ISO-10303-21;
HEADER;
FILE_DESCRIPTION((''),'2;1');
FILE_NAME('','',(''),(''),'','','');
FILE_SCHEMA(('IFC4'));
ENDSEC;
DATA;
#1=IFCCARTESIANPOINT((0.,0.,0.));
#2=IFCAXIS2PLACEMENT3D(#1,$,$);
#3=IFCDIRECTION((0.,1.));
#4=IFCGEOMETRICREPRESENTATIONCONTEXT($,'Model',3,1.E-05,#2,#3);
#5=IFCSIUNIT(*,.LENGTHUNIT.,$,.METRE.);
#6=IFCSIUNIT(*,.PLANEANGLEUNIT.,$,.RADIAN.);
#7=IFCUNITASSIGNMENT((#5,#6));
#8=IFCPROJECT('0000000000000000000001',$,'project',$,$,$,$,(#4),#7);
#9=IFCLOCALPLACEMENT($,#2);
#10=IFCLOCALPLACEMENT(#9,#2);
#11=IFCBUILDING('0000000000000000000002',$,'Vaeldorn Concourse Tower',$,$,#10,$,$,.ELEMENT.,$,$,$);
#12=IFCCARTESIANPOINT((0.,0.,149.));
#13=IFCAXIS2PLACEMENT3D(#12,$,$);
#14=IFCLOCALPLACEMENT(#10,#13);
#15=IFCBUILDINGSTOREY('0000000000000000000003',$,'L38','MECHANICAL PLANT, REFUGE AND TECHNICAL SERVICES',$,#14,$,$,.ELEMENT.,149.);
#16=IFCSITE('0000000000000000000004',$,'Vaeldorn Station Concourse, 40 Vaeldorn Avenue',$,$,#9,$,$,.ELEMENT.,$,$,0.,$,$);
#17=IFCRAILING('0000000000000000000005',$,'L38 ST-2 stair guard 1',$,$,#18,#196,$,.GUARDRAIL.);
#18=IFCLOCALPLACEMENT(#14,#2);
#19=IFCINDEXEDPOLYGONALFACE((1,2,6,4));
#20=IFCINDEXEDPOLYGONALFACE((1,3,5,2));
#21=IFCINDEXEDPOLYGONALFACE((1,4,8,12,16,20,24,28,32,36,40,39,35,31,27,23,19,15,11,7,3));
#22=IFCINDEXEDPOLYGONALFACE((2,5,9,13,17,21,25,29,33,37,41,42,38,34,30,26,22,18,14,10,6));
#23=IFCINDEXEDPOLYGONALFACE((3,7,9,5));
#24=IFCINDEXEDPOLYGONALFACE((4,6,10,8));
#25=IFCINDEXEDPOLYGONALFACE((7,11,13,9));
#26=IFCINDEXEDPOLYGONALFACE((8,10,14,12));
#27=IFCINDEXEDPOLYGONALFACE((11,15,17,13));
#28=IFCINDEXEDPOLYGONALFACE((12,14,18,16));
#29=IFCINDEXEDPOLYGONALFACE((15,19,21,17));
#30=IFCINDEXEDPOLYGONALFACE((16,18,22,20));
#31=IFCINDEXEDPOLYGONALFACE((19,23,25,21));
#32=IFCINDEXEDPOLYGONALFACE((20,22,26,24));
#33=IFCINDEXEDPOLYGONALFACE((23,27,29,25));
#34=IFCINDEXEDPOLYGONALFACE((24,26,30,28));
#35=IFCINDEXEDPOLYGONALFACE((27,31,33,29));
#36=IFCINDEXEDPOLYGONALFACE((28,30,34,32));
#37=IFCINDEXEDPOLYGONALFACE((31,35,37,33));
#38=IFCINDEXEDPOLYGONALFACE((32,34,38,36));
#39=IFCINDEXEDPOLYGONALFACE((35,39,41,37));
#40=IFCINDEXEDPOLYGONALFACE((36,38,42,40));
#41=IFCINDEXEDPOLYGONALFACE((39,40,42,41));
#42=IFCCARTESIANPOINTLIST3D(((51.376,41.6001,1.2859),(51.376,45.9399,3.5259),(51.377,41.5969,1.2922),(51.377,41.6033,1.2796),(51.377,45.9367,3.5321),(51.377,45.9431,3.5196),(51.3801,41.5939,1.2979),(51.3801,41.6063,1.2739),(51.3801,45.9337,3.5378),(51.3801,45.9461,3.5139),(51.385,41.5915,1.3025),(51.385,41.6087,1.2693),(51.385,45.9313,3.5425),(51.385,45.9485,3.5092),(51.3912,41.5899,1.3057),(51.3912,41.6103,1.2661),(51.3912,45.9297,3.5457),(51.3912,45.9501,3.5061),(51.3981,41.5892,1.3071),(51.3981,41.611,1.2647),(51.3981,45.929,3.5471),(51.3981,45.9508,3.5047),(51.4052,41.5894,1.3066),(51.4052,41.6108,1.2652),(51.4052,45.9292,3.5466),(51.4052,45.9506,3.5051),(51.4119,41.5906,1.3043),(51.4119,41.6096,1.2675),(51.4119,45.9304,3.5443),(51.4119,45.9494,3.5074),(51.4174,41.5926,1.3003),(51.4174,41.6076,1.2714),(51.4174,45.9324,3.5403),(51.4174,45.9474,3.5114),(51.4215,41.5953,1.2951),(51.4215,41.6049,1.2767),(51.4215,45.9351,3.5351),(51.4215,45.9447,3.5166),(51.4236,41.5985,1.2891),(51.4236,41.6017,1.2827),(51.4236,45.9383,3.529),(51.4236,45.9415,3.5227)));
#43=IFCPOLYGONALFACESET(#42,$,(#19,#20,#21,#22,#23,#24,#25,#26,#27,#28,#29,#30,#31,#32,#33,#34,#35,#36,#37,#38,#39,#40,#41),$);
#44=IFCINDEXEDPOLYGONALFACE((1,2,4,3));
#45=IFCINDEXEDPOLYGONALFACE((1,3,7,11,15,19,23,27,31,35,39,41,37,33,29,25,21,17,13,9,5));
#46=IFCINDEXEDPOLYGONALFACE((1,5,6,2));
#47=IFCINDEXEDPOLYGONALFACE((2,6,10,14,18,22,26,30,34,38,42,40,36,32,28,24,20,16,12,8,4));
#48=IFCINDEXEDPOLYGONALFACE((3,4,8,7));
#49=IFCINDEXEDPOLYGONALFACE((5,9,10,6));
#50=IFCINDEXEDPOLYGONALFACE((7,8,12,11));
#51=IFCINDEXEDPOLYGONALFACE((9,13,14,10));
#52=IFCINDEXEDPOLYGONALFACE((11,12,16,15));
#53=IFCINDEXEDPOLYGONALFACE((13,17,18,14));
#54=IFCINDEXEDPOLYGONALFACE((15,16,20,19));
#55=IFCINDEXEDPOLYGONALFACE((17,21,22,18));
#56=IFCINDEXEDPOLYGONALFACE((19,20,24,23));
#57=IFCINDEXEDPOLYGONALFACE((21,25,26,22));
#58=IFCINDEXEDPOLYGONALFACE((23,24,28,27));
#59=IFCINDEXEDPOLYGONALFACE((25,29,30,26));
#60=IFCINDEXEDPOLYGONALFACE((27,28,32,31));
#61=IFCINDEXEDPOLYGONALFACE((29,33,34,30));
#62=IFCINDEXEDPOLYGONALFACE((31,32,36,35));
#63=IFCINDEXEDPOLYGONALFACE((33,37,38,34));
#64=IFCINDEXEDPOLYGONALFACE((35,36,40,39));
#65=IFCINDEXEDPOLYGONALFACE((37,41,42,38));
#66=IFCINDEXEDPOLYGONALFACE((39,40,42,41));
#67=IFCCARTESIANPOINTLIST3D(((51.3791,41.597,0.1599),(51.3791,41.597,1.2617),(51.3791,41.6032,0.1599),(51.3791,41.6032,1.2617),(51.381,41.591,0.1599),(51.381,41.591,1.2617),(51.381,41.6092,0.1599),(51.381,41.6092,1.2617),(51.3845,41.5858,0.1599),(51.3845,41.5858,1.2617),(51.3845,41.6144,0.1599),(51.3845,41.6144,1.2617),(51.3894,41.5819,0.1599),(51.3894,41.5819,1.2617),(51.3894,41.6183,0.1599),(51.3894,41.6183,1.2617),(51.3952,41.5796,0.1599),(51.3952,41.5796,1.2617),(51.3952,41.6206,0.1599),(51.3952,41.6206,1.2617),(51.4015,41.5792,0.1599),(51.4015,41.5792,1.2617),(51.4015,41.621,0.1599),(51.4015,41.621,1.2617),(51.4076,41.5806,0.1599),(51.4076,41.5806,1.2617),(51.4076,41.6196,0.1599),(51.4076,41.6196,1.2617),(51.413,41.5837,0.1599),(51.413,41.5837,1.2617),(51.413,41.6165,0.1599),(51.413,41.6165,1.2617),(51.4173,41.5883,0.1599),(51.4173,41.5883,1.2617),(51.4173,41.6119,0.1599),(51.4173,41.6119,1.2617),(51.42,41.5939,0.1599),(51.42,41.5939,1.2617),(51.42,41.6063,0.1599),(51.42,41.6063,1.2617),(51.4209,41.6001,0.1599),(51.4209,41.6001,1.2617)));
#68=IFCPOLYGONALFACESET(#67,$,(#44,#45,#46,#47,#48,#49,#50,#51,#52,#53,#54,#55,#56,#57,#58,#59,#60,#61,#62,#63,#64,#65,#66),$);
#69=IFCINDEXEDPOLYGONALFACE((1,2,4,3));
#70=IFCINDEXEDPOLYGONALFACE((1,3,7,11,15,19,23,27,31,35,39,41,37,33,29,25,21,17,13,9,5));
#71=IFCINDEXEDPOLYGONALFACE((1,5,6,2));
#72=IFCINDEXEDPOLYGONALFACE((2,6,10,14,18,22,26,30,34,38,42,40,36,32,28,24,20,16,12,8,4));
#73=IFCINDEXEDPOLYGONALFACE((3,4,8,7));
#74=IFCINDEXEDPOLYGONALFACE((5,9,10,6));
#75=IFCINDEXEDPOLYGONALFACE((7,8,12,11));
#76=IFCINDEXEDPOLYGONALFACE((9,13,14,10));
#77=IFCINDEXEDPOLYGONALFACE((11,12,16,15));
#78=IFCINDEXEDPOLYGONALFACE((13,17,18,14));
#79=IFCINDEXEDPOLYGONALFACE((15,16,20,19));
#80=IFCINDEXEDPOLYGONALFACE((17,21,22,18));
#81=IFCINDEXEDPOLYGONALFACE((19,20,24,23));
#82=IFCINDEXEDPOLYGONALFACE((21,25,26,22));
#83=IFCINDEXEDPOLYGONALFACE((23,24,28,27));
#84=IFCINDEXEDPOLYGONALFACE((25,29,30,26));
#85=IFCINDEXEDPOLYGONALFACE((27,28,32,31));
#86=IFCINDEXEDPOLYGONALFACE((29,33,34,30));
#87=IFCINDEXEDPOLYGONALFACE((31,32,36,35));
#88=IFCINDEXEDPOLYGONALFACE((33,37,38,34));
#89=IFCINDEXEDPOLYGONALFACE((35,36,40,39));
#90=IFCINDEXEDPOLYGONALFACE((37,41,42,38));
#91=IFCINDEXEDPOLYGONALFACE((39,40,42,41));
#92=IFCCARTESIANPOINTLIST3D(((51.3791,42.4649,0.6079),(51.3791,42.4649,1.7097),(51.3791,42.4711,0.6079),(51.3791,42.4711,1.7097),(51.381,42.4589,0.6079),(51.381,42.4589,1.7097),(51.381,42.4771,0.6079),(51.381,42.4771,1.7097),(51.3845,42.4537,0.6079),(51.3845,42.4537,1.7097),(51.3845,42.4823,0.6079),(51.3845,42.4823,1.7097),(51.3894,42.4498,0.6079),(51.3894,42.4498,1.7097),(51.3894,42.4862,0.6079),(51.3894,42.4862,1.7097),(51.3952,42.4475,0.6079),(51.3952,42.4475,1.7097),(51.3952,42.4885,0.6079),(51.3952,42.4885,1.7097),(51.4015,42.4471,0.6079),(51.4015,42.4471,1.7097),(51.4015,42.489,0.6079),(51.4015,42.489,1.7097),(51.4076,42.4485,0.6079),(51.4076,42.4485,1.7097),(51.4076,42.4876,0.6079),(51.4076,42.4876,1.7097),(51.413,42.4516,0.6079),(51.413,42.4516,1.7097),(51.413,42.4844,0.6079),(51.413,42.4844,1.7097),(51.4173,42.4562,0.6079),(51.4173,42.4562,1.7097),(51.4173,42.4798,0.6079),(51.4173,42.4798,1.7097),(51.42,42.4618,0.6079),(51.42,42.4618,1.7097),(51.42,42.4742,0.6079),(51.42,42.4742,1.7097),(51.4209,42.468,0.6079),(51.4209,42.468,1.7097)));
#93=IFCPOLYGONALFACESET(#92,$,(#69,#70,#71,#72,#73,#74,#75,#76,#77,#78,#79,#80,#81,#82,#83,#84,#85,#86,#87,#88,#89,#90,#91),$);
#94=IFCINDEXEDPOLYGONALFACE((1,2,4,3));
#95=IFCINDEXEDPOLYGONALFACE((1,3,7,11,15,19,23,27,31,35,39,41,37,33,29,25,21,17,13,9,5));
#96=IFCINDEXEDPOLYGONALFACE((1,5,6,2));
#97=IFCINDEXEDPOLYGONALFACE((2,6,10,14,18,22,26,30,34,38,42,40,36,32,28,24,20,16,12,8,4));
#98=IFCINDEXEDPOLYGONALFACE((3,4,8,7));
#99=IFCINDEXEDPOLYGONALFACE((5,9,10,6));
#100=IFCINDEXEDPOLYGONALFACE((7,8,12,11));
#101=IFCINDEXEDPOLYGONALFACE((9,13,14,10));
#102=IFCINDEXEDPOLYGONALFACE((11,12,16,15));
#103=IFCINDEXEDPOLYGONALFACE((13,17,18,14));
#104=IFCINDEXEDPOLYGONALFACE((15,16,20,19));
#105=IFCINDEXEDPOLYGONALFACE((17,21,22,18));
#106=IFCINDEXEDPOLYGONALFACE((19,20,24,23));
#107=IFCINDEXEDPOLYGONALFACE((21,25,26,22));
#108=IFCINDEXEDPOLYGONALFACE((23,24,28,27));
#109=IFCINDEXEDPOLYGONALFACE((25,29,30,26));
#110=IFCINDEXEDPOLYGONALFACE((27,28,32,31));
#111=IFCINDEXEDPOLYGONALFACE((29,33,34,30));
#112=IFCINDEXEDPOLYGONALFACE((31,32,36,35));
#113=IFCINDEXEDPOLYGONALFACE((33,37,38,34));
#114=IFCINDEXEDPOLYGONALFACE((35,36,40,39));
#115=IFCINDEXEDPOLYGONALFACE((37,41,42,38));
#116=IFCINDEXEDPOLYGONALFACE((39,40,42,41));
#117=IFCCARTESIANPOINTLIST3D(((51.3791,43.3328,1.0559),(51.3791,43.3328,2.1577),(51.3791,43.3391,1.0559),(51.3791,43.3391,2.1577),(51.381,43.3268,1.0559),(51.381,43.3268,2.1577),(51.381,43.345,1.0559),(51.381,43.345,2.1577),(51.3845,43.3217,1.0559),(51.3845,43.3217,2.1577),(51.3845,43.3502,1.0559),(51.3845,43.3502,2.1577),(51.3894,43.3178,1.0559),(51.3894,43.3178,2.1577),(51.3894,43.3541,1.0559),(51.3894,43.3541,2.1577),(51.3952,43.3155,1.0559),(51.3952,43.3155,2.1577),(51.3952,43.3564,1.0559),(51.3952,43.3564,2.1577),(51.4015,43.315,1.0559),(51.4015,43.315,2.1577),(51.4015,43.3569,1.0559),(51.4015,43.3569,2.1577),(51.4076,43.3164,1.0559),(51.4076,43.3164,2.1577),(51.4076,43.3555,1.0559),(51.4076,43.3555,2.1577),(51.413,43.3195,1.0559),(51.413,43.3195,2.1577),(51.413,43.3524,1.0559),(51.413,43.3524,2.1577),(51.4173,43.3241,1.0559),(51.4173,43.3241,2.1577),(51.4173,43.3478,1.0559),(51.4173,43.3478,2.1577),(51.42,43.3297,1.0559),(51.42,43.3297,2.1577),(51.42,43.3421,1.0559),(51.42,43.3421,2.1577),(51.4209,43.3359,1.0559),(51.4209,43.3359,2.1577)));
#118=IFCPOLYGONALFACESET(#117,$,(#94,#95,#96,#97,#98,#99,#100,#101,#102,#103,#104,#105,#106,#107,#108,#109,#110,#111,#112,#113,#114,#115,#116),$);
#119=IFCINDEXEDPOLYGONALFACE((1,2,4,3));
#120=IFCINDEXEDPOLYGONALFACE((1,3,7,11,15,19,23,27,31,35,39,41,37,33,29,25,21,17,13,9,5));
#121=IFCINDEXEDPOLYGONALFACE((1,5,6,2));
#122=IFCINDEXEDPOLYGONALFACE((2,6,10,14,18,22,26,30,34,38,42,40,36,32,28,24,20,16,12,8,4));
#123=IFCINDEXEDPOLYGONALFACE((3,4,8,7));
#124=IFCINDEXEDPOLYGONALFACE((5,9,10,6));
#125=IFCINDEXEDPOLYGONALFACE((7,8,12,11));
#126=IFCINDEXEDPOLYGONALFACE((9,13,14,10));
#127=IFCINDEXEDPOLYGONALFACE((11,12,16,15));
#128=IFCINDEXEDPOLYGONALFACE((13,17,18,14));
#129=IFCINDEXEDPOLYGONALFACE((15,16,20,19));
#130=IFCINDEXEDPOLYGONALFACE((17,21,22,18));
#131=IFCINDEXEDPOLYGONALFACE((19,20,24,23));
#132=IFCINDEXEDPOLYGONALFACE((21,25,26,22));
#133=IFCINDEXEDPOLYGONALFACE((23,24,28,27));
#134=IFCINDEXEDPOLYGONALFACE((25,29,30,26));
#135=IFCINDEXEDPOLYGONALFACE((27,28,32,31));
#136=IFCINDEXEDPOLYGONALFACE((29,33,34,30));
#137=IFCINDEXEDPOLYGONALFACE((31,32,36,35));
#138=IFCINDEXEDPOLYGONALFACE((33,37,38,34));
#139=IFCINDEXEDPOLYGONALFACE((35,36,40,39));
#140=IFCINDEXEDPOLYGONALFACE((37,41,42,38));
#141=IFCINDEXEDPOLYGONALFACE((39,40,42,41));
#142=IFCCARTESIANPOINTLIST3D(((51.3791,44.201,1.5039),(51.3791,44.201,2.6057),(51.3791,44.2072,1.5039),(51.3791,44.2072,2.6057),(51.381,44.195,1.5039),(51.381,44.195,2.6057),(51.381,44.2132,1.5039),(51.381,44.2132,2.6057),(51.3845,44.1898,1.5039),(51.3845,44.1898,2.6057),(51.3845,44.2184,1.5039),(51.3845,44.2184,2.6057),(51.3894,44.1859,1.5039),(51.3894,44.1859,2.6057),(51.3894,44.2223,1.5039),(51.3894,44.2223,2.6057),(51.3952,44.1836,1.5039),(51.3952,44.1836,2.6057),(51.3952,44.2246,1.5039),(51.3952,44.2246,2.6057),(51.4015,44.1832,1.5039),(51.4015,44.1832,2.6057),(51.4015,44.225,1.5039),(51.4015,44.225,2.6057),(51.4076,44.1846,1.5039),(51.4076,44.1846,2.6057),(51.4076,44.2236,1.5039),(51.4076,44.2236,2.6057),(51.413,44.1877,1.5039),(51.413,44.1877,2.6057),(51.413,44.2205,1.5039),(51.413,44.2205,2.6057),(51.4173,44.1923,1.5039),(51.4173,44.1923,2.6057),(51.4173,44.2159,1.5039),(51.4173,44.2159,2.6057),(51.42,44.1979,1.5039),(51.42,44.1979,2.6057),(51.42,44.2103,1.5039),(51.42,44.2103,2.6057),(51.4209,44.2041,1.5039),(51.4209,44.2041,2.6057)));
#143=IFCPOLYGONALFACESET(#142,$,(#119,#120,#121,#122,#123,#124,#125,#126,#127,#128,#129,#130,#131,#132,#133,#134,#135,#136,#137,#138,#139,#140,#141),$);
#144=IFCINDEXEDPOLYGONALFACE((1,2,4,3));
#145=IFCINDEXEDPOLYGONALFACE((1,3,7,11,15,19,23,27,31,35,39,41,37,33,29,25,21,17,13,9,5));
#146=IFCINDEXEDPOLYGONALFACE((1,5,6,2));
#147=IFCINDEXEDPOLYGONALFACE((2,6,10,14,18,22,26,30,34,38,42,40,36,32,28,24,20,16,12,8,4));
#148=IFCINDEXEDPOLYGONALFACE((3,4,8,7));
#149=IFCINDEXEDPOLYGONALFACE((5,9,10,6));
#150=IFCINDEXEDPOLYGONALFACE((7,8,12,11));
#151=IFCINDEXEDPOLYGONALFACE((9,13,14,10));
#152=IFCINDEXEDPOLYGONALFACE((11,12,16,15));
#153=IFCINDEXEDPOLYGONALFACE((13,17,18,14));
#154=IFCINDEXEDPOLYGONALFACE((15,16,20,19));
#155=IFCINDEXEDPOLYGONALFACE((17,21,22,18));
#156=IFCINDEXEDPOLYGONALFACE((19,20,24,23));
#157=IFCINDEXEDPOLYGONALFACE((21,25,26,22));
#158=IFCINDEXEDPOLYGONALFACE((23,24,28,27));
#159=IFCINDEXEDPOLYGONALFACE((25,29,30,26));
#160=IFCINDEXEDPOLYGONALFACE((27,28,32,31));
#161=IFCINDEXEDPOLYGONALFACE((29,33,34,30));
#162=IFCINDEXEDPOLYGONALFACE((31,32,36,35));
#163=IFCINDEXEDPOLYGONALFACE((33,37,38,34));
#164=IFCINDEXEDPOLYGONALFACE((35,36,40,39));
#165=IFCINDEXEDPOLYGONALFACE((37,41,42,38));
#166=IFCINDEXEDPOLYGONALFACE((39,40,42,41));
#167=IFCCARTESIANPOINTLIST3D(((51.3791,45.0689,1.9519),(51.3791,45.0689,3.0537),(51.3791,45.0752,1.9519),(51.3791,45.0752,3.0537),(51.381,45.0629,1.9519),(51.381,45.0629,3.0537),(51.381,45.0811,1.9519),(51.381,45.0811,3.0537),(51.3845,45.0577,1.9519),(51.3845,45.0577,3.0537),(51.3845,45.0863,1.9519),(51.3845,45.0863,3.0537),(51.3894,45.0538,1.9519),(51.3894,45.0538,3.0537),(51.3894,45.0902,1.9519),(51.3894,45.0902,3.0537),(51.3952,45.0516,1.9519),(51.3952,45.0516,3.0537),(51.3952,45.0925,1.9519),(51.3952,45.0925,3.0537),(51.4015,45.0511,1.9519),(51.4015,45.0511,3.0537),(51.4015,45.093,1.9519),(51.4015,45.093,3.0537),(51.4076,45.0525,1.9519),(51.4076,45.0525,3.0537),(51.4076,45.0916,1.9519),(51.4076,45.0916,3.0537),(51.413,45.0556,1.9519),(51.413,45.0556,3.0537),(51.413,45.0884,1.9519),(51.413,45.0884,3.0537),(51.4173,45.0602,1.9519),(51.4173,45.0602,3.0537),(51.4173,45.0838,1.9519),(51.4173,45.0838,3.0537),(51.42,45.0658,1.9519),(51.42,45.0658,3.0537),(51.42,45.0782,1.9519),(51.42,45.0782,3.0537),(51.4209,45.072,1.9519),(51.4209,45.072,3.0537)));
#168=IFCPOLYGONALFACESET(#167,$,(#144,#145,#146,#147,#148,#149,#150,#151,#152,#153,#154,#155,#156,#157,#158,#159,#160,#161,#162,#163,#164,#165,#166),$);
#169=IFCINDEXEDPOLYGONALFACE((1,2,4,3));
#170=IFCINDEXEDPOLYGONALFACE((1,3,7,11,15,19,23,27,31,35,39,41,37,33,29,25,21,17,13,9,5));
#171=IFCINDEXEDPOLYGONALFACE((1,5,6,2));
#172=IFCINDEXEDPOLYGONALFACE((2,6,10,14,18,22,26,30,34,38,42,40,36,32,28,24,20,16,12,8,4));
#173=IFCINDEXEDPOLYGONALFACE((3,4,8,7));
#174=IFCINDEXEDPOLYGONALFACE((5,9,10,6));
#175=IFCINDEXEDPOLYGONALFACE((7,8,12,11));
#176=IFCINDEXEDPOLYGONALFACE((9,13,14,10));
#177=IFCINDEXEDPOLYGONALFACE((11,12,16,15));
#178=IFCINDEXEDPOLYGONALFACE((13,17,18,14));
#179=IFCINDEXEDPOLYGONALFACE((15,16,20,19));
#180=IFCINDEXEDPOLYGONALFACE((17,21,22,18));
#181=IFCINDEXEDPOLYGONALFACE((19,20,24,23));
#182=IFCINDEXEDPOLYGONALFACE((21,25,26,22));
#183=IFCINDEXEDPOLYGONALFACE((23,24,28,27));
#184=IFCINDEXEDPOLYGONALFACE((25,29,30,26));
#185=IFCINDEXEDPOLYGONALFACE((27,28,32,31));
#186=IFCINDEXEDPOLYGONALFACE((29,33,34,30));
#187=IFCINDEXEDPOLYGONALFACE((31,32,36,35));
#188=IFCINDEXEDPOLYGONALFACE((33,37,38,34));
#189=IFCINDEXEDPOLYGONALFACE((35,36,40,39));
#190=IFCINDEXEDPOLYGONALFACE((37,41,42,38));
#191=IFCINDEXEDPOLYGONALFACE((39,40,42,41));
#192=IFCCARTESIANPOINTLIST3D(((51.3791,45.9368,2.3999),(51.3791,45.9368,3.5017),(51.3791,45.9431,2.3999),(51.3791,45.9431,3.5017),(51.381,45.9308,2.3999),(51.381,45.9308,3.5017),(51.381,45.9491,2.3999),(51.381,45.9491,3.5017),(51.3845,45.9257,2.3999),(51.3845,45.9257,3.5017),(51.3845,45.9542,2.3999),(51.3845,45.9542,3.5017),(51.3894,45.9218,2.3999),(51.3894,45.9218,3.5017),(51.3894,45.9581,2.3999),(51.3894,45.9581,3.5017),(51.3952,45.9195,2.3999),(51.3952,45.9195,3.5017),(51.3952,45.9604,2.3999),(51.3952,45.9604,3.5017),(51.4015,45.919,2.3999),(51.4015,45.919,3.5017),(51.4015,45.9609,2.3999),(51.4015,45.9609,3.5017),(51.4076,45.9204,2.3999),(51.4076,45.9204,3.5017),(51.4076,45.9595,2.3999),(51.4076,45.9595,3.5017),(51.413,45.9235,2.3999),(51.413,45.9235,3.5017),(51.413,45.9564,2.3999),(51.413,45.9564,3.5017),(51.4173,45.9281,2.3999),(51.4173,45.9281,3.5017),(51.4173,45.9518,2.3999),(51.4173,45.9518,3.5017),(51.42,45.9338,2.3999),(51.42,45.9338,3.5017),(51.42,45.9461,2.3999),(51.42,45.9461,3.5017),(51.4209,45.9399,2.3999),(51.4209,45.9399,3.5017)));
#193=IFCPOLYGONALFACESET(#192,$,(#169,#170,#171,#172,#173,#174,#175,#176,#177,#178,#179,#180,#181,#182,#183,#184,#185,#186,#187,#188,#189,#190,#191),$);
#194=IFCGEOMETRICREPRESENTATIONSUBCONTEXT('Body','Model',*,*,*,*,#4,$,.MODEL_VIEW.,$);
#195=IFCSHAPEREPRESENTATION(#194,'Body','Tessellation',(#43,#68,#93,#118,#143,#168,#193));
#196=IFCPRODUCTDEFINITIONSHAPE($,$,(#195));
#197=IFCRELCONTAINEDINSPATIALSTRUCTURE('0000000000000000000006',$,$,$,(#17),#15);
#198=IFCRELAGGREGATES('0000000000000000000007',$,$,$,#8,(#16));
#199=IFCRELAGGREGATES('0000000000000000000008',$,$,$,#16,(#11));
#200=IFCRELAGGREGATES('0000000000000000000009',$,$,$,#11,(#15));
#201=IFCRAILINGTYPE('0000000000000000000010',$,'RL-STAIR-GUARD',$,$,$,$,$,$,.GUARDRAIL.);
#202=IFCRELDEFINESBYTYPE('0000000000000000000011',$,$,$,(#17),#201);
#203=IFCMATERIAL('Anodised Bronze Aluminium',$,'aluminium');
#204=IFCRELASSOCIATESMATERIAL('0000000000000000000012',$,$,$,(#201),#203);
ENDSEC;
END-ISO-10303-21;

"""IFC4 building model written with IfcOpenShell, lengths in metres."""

from ifc_helpers import new_model, si_unit, direction, frame, origin, origin_2d, place, context, subcontext, project, spatial, circle, extrude, material, type_object, element, save


model = new_model("IFC4")

# Units and contexts
model_context = context("Model", 3, precision=1e-05, world=origin(), true_north=direction((0.0, 1.0)))
body_context = subcontext(model_context, "Body", "Model", "MODEL_VIEW")
ifc_project = project(units=[si_unit("LENGTHUNIT", "METRE"), si_unit("PLANEANGLEUNIT", "RADIAN")], contexts=[model_context])

# Site, building, storey
site_placement = place(None, origin())
site = spatial("IfcSite", under=ifc_project, at=site_placement, Name="Vaeldorn Station Concourse, 40 Vaeldorn Avenue", CompositionType="ELEMENT", RefElevation=0.0)
building_placement = place(site_placement, origin())
building = spatial("IfcBuilding", under=site, at=building_placement, Name="Vaeldorn Concourse Tower", CompositionType="ELEMENT")
storey_placement = place(building_placement, frame((0.0, 0.0, 149.0)))
storey = spatial("IfcBuildingStorey", under=building, at=storey_placement, Name="L38", Description="MECHANICAL PLANT, REFUGE AND TECHNICAL SERVICES", CompositionType="ELEMENT", Elevation=149.0)

# Railing
ifc_material_1 = material(Name="Anodised Bronze Aluminium", Category="aluminium")
railing_type_1 = type_object("IfcRailingType", Name="RL-STAIR-GUARD", PredefinedType="GUARDRAIL", material=ifc_material_1)
railing_1_placement = place(storey_placement, frame((51.3999, 41.6001, 0.1599)))
element("IfcRailing", 1, at=railing_1_placement, inside=storey, type_object=railing_type_1, Name="L38 ST-2 stair guard 1", PredefinedType="GUARDRAIL", context=body_context, shape_type="SweptSolid", body=[
    extrude(circle(Radius=0.0239, at=origin_2d()), frame((0.0, 0.0, 1.126), z_axis=(0.0, 0.888615, 0.458654), x_axis=(-1.0, 0.0, 0.0)), (0.0, 0.0, 1.0), 4.8838),
    extrude(circle(Radius=0.021, at=origin_2d()), origin(), (0.0, 0.0, 1.0), 1.1018),
    extrude(circle(Radius=0.021, at=origin_2d()), frame((0.0, 0.8679, 0.448)), (0.0, 0.0, 1.0), 1.1018),
    extrude(circle(Radius=0.021, at=origin_2d()), frame((0.0, 1.7358, 0.896)), (0.0, 0.0, 1.0), 1.1018),
    extrude(circle(Radius=0.021, at=origin_2d()), frame((0.0, 2.604, 1.344)), (0.0, 0.0, 1.0), 1.1018),
    extrude(circle(Radius=0.021, at=origin_2d()), frame((0.0, 3.4719, 1.792)), (0.0, 0.0, 1.0), 1.1018),
    extrude(circle(Radius=0.021, at=origin_2d()), frame((0.0, 4.3398, 2.24)), (0.0, 0.0, 1.0), 1.1018),
])

save(model, "model.ifc")
